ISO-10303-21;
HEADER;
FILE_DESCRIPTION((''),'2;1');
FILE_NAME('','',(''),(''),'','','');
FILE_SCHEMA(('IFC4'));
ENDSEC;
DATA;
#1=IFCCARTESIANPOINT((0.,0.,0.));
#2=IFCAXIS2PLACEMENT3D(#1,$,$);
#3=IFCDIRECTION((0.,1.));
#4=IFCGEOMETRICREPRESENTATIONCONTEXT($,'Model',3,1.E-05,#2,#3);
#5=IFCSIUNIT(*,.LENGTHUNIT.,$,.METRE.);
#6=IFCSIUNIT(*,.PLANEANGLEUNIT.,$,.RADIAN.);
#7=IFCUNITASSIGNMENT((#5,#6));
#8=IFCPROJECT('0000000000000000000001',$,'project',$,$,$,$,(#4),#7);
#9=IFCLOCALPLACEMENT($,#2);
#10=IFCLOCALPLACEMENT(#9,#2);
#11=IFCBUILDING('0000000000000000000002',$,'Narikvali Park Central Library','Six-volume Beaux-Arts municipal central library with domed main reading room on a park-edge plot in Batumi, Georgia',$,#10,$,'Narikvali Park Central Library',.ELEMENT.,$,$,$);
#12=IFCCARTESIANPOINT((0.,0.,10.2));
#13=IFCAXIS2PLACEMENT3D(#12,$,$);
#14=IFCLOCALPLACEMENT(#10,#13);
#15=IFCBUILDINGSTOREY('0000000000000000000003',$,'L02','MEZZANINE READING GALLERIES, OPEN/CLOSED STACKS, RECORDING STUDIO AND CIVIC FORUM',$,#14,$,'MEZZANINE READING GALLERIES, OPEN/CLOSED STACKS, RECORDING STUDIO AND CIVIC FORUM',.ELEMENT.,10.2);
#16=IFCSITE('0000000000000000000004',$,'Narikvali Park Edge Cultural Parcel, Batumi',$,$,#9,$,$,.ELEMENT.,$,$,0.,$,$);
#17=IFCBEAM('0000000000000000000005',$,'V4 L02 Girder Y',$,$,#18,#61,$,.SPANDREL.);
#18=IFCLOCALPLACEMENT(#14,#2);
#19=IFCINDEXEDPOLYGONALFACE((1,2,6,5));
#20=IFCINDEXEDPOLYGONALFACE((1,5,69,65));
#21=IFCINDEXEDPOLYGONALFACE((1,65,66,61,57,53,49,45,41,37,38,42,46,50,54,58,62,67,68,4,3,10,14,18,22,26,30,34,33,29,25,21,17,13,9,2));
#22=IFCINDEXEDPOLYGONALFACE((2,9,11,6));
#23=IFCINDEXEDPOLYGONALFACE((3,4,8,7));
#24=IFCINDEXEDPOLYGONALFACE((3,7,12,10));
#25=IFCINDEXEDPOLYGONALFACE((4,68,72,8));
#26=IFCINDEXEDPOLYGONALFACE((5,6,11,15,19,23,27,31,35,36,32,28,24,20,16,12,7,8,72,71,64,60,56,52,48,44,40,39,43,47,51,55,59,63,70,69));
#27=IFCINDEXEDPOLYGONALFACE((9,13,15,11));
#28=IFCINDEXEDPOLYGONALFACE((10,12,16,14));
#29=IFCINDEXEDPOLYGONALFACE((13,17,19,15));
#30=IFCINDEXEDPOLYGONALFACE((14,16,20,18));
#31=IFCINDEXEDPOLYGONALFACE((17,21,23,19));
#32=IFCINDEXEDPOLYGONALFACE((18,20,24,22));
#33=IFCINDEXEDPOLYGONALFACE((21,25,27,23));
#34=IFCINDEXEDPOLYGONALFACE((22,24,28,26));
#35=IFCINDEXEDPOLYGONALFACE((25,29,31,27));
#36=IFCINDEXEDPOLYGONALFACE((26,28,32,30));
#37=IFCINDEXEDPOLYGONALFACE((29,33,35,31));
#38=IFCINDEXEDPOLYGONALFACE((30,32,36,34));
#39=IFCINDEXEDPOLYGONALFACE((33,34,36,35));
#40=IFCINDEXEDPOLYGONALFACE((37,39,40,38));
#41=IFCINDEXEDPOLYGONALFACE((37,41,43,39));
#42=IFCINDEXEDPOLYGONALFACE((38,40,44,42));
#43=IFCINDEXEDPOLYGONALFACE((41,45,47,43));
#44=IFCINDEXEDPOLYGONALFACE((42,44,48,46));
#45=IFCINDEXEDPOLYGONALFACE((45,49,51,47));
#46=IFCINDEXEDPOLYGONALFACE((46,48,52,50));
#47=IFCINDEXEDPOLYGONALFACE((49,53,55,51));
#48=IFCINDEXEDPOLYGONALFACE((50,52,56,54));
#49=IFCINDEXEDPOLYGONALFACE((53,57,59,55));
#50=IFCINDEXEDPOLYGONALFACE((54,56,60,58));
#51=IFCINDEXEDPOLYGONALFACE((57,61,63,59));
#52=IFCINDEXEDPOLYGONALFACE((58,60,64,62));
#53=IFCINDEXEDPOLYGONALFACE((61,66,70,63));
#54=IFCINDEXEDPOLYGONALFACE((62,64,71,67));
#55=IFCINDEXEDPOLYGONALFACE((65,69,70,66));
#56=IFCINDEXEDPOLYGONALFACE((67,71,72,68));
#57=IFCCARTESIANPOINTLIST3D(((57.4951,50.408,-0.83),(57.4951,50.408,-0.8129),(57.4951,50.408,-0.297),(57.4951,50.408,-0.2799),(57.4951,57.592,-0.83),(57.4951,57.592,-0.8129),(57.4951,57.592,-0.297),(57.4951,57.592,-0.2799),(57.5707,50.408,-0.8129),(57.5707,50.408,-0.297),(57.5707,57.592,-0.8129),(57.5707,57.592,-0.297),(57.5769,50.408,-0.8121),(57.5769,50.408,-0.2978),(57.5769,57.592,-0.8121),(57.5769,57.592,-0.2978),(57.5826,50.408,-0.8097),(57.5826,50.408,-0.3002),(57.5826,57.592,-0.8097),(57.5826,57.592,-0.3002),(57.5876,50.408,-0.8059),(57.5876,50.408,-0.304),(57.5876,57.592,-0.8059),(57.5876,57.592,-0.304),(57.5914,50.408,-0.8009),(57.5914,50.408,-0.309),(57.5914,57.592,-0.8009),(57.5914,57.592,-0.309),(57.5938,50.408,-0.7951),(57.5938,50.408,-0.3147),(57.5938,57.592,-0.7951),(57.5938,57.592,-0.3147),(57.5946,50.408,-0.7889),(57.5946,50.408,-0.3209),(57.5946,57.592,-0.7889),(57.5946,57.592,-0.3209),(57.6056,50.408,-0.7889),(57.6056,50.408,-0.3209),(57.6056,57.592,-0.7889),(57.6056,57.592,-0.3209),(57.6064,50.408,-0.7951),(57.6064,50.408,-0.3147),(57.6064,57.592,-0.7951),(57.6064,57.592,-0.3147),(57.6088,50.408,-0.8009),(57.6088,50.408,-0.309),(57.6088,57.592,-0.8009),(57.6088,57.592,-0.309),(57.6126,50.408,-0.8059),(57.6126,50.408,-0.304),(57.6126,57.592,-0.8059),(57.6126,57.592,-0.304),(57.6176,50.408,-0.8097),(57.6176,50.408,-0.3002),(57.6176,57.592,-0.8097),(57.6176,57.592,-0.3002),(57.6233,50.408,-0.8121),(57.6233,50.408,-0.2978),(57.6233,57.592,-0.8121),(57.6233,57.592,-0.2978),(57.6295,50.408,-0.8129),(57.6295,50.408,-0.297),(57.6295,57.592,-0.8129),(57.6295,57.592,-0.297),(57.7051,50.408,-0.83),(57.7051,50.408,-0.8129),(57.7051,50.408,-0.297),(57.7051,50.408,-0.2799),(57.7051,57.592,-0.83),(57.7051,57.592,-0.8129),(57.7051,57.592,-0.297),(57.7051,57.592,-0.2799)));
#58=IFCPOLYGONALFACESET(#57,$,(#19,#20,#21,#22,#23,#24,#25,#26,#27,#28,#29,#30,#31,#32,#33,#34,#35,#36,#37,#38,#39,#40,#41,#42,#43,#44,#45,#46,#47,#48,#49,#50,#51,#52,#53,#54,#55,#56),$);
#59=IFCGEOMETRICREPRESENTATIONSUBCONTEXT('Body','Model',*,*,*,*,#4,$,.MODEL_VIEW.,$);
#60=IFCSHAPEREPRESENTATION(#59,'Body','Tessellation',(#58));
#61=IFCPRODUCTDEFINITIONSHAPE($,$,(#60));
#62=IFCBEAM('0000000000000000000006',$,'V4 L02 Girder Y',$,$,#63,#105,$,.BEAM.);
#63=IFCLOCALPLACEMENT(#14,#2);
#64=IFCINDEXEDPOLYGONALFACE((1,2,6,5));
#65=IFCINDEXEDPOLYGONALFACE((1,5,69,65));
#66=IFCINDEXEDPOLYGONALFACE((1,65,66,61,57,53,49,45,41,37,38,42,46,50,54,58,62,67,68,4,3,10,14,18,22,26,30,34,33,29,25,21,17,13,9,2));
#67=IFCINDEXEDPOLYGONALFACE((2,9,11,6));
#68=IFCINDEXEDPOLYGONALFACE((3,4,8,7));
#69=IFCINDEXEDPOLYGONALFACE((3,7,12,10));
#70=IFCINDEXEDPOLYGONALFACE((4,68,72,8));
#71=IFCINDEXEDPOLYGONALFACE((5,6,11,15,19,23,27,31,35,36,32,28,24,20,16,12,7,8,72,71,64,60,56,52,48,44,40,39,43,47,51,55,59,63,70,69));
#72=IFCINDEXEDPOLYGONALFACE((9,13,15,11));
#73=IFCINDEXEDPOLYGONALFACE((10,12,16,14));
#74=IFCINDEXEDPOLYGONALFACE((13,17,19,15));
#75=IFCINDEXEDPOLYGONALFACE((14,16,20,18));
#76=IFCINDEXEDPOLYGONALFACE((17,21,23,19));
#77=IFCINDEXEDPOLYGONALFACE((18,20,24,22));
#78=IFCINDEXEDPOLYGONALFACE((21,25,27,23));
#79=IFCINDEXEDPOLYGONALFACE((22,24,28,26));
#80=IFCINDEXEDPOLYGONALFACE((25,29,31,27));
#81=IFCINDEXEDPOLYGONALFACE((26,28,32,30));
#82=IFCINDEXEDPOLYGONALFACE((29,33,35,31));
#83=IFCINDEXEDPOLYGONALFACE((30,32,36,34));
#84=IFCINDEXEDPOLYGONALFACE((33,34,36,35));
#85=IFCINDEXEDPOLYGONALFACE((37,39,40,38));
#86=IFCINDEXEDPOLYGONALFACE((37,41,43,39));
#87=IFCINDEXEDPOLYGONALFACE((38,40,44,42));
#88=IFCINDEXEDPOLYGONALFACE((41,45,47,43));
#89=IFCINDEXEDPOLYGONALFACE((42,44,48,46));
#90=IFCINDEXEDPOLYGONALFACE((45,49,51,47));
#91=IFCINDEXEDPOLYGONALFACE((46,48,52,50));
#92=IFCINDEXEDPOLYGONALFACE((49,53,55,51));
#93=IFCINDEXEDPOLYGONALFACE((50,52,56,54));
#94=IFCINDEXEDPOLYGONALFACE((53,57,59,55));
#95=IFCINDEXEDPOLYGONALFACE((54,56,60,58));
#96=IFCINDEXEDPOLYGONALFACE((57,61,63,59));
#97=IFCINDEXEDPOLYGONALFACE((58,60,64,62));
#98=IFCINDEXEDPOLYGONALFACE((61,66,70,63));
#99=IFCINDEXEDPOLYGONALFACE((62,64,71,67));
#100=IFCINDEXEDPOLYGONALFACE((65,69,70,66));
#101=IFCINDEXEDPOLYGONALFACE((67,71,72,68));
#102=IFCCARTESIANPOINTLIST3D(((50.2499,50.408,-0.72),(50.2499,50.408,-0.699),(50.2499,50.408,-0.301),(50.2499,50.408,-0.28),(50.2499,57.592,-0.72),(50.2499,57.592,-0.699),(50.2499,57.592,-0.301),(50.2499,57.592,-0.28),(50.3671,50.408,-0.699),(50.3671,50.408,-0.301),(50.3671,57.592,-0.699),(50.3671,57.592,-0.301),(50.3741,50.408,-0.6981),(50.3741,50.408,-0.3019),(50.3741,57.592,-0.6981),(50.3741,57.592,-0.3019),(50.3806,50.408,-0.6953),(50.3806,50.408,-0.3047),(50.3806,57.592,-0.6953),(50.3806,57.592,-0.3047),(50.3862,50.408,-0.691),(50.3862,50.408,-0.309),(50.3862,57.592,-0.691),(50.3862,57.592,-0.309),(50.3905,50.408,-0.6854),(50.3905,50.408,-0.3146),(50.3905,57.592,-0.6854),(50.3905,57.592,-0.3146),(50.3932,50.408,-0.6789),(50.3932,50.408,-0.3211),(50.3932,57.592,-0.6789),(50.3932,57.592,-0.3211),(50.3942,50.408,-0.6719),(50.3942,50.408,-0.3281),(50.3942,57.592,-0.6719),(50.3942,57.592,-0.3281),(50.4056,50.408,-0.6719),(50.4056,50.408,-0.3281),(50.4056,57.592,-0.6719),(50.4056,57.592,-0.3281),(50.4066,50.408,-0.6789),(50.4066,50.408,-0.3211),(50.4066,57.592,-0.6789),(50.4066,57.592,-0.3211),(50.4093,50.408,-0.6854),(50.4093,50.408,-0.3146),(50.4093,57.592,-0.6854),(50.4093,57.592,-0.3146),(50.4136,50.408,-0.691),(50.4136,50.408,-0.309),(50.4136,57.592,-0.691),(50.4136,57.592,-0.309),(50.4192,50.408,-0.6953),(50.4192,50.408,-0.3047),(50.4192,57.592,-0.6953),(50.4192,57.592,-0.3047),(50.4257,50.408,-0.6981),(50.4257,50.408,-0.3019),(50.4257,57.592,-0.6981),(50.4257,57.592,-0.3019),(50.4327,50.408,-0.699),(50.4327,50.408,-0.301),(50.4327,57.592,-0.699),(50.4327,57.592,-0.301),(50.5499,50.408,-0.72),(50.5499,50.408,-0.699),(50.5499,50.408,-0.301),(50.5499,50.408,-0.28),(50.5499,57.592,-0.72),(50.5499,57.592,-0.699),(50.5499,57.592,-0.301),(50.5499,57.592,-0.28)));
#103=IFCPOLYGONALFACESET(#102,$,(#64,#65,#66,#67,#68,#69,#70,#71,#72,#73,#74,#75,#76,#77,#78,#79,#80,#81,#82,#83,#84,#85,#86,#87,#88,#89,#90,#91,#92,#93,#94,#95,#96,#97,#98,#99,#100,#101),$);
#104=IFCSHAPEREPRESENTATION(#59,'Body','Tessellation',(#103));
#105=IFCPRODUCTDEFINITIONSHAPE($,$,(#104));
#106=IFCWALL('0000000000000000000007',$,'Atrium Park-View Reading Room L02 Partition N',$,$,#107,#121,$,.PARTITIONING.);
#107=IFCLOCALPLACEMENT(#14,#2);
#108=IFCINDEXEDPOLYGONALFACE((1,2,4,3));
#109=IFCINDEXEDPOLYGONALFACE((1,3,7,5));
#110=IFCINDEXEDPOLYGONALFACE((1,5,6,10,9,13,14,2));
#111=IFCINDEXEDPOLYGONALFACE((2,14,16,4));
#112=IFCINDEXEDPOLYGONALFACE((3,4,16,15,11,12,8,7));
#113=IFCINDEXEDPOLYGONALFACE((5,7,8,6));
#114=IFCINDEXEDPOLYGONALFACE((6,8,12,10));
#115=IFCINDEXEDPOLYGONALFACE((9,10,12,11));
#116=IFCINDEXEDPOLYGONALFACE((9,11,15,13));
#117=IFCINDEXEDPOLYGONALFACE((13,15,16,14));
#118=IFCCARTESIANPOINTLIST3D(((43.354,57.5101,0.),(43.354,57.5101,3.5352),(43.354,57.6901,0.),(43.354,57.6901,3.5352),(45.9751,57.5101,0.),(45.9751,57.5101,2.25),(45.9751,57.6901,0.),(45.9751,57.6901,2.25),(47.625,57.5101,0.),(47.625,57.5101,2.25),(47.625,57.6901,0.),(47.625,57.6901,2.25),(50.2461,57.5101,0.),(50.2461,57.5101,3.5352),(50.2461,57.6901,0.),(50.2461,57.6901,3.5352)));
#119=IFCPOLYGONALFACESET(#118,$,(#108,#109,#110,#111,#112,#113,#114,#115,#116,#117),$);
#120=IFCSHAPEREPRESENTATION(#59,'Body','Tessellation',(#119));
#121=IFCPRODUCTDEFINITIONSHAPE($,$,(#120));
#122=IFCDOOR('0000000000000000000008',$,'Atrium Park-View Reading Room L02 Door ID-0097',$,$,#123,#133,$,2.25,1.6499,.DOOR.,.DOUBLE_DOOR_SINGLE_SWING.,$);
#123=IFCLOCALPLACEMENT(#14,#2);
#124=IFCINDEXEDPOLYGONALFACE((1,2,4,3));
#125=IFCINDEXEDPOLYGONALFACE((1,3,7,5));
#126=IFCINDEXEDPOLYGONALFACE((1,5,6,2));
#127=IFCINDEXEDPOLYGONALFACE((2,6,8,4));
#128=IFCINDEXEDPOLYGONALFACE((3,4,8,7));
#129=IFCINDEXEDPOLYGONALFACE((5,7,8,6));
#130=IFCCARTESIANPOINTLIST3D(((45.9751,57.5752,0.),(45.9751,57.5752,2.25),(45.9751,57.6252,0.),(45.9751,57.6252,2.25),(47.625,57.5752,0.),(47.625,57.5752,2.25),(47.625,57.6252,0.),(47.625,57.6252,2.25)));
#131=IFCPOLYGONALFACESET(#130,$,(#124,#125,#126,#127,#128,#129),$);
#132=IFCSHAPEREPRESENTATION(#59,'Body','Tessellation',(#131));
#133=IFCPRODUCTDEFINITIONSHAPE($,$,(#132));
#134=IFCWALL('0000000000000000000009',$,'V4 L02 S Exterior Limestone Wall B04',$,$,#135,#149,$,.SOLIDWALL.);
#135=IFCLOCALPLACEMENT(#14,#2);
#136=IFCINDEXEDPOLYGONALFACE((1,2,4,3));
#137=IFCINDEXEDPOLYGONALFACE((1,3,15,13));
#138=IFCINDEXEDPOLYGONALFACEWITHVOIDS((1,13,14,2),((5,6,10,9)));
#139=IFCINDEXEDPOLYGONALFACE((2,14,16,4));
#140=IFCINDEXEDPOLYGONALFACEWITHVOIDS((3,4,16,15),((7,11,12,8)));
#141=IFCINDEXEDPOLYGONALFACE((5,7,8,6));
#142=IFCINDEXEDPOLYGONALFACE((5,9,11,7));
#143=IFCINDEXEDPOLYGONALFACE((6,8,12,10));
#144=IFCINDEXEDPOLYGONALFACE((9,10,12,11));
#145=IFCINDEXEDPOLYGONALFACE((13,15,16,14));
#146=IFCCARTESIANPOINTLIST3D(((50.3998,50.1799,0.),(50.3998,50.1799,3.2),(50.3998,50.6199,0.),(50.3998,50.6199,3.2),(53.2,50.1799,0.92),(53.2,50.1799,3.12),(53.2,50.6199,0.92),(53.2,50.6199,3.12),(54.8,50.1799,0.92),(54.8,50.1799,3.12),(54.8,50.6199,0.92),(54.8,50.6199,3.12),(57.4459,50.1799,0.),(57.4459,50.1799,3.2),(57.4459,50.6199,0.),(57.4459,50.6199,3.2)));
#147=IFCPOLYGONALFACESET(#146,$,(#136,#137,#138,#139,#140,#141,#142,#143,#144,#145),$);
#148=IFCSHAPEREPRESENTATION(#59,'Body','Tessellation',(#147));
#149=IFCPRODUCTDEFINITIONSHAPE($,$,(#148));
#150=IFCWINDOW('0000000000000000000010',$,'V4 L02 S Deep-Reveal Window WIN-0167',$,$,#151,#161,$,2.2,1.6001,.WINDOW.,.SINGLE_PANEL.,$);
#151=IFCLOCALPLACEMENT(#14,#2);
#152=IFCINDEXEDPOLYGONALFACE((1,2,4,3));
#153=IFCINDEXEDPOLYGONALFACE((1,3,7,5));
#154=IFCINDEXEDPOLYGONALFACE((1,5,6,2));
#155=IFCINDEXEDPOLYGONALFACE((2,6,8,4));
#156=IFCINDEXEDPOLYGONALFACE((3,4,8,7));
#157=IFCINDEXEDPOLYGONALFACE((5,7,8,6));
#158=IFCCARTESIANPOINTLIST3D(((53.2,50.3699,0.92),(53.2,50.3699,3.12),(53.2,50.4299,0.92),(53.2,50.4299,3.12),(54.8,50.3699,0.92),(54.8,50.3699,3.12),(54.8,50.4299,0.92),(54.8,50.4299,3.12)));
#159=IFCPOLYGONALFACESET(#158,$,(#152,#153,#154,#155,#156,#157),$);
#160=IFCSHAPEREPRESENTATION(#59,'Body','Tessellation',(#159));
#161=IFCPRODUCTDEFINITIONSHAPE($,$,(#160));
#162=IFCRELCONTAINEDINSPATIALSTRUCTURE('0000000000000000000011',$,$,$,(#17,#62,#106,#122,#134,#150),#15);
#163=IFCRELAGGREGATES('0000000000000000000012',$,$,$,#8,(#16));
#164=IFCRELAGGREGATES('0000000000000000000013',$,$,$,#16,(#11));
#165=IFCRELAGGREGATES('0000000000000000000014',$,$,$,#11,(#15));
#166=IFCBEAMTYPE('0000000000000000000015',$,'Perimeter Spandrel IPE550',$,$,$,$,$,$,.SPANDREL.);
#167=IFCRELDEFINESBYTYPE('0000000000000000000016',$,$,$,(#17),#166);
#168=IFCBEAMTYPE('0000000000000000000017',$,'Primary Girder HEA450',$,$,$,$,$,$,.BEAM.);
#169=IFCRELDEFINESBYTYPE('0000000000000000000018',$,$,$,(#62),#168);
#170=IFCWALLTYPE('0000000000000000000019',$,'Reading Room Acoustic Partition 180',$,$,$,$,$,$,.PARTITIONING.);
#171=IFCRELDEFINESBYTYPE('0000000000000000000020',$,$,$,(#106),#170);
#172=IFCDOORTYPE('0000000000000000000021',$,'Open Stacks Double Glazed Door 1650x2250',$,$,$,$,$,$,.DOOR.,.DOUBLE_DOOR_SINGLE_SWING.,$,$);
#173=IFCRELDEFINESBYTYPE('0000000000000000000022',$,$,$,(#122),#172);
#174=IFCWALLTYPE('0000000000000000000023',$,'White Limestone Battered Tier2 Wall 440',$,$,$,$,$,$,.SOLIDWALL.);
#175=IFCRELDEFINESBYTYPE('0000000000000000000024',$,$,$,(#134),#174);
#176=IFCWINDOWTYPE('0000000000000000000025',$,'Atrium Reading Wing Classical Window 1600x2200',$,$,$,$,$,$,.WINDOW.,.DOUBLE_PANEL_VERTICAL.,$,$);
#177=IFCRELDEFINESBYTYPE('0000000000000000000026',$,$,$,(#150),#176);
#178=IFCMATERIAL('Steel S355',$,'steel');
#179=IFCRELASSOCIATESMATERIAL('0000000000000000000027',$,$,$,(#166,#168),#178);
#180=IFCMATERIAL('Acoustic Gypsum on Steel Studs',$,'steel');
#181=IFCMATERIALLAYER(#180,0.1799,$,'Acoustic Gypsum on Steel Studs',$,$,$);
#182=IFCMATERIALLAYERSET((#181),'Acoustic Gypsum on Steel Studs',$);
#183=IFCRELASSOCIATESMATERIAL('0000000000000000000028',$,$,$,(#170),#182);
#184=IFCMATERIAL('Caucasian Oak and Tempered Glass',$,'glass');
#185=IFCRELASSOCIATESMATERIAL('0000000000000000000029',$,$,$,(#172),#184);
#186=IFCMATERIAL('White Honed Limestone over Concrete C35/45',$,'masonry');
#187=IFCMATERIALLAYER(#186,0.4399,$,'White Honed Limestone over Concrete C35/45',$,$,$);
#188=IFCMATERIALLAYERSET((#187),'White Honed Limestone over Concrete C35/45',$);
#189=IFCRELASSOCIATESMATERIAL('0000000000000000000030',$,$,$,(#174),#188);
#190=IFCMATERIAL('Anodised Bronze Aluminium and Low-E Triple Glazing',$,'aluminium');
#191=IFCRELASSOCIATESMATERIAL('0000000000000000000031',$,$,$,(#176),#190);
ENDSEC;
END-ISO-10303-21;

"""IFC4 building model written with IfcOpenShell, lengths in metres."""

from ifc_helpers import new_model, si_unit, direction, frame, frame_2d, origin, origin_2d, place, context, subcontext, project, spatial, rectangle, i_section, extrude, material, layer, layer_set, material_profile, profile_set, type_object, element, fill, save


model = new_model("IFC4")

# Units and contexts
model_context = context("Model", 3, precision=1e-05, world=origin(), true_north=direction((0.0, 1.0)))
body_context = subcontext(model_context, "Body", "Model", "MODEL_VIEW")
ifc_project = project(units=[si_unit("LENGTHUNIT", "METRE"), si_unit("PLANEANGLEUNIT", "RADIAN")], contexts=[model_context])

# Site, building, storey
site_placement = place(None, origin())
site = spatial("IfcSite", under=ifc_project, at=site_placement, Name="Narikvali Park Edge Cultural Parcel, Batumi", CompositionType="ELEMENT", RefElevation=0.0)
building_placement = place(site_placement, origin())
building = spatial("IfcBuilding", under=site, at=building_placement, Name="Narikvali Park Central Library", Description="Six-volume Beaux-Arts municipal central library with domed main reading room on a park-edge plot in Batumi, Georgia", LongName="Narikvali Park Central Library", CompositionType="ELEMENT")
storey_placement = place(building_placement, frame((0.0, 0.0, 10.2)))
storey = spatial("IfcBuildingStorey", under=building, at=storey_placement, Name="L02", Description="MEZZANINE READING GALLERIES, OPEN/CLOSED STACKS, RECORDING STUDIO AND CIVIC FORUM", LongName="MEZZANINE READING GALLERIES, OPEN/CLOSED STACKS, RECORDING STUDIO AND CIVIC FORUM", CompositionType="ELEMENT", Elevation=10.2)

# Shared definitions
ifc_material_1 = material(Name="Steel S355", Category="steel")

# Beams
ifc_material_profile_1 = material_profile(ifc_material_1, i_section(OverallWidth=0.21, OverallDepth=0.55, WebThickness=0.011, FlangeThickness=0.0171, FilletRadius=0.0239, at=origin_2d()), Name="IPE 550")
ifc_profile_set_1 = profile_set([ifc_material_profile_1], Name="Steel S355")
beam_type_1 = type_object("IfcBeamType", Name="Perimeter Spandrel IPE550", PredefinedType="SPANDREL", material=ifc_profile_set_1)
for number, where, z_axis, x_axis, name in (
    (1, (57.6001, 50.408, -0.5549), (0.0, 1.0, 0.0), (-1.0, 0.0, 0.0), "V4 L02 Girder Y"),
):
    element("IfcBeam", number, at=place(storey_placement, frame(where, z_axis=z_axis, x_axis=x_axis)), inside=storey, type_object=beam_type_1, Name=name, PredefinedType="SPANDREL", context=body_context, shape_type="SweptSolid", body=[
        extrude(i_section(OverallWidth=0.21, OverallDepth=0.55, WebThickness=0.011, FlangeThickness=0.0171, FilletRadius=0.0239, at=origin_2d()), origin(), (0.0, 0.0, 1.0), 7.1841),
    ])
ifc_material_profile_2 = material_profile(ifc_material_1, i_section(OverallWidth=0.3, OverallDepth=0.4399, WebThickness=0.0115, FlangeThickness=0.021, FilletRadius=0.0271, at=origin_2d()), Name="HEA 450")
ifc_profile_set_2 = profile_set([ifc_material_profile_2], Name="Steel S355")
beam_type_2 = type_object("IfcBeamType", Name="Primary Girder HEA450", PredefinedType="BEAM", material=ifc_profile_set_2)
beam_placement = place(storey_placement, frame((50.3999, 50.408, -0.5), z_axis=(0.0, 1.0, 0.0), x_axis=(-1.0, 0.0, 0.0)))
element("IfcBeam", 2, at=beam_placement, inside=storey, type_object=beam_type_2, Name="V4 L02 Girder Y", PredefinedType="BEAM", context=body_context, shape_type="SweptSolid", body=[
    extrude(i_section(OverallWidth=0.3, OverallDepth=0.4399, WebThickness=0.0115, FlangeThickness=0.021, FilletRadius=0.0271, at=origin_2d()), origin(), (0.0, 0.0, 1.0), 7.1841),
])

# Wall, opening, door
ifc_material_2 = material(Name="Acoustic Gypsum on Steel Studs", Category="steel")
ifc_layer_1 = layer(ifc_material_2, 0.1799, Name="Acoustic Gypsum on Steel Studs")
ifc_layer_set_1 = layer_set([ifc_layer_1], Name="Acoustic Gypsum on Steel Studs")
wall_type_1 = type_object("IfcWallType", Name="Reading Room Acoustic Partition 180", PredefinedType="PARTITIONING", material=ifc_layer_set_1)
wall_1_placement = place(storey_placement, frame((43.354, 57.6001, 0.0), z_axis=(0.0, 0.0, 1.0), x_axis=(1.0, 0.0, 0.0)))
wall_1 = element("IfcWall", 3, at=wall_1_placement, inside=storey, type_object=wall_type_1, Name="Atrium Park-View Reading Room L02 Partition N", PredefinedType="PARTITIONING", context=body_context, shape_type="SweptSolid", body=[
    extrude(rectangle(XDim=6.8921, YDim=0.1799, at=frame_2d((3.446, 0.0))), origin(), (0.0, 0.0, 1.0), 3.5352),
])
opening_1_placement = place(wall_1_placement, frame((2.6211, 0.0, 0.0)))
opening_1 = element("IfcOpeningElement", 4, at=opening_1_placement, cuts=wall_1, PredefinedType="OPENING", context=body_context, shape_type="SweptSolid", body=[
    extrude(rectangle(XDim=1.6499, YDim=2.25, at=frame_2d((0.825, 1.125))), frame((0.0, 0.1021, 0.0), z_axis=(0.0, -1.0, 0.0), x_axis=(1.0, 0.0, 0.0)), (0.0, 0.0, 1.0), 0.2039),
])
ifc_material_3 = material(Name="Caucasian Oak and Tempered Glass", Category="glass")
door_type = type_object("IfcDoorType", Name="Open Stacks Double Glazed Door 1650x2250", OperationType="DOUBLE_DOOR_SINGLE_SWING", PredefinedType="DOOR", material=ifc_material_3)
door_placement = place(opening_1_placement, frame((1.6499, 0.0, 0.0), z_axis=(0.0, 0.0, 1.0), x_axis=(-1.0, 0.0, 0.0)))
door = element("IfcDoor", 5, at=door_placement, inside=storey, type_object=door_type, Name="Atrium Park-View Reading Room L02 Door ID-0097", OperationType="DOUBLE_DOOR_SINGLE_SWING", OverallHeight=2.25, OverallWidth=1.6499, PredefinedType="DOOR", context=body_context, shape_type="SweptSolid", body=[
    extrude(rectangle(XDim=1.6499, YDim=2.25, at=frame_2d((0.825, 1.125))), frame((0.0, 0.0249, 0.0), z_axis=(0.0, -1.0, 0.0), x_axis=(1.0, 0.0, 0.0)), (0.0, 0.0, 1.0), 0.05),
])
fill(opening_1, door)

# Wall, opening, window
ifc_material_4 = material(Name="White Honed Limestone over Concrete C35/45", Category="masonry")
ifc_layer_2 = layer(ifc_material_4, 0.4399, Name="White Honed Limestone over Concrete C35/45")
ifc_layer_set_2 = layer_set([ifc_layer_2], Name="White Honed Limestone over Concrete C35/45")
wall_type_2 = type_object("IfcWallType", Name="White Limestone Battered Tier2 Wall 440", PredefinedType="SOLIDWALL", material=ifc_layer_set_2)
wall_2_placement = place(storey_placement, frame((50.3999, 50.3999, 0.0), z_axis=(0.0, 0.0, 1.0), x_axis=(1.0, 0.0, 0.0)))
wall_2 = element("IfcWall", 6, at=wall_2_placement, inside=storey, type_object=wall_type_2, Name="V4 L02 S Exterior Limestone Wall B04", PredefinedType="SOLIDWALL", context=body_context, shape_type="SweptSolid", body=[
    extrude(rectangle(XDim=7.0461, YDim=0.4399, at=frame_2d((3.5229, 0.0))), origin(), (0.0, 0.0, 1.0), 3.2),
])
opening_2_placement = place(wall_2_placement, frame((2.8, 0.0, 0.9199)))
opening_2 = element("IfcOpeningElement", 7, at=opening_2_placement, cuts=wall_2, PredefinedType="OPENING", context=body_context, shape_type="SweptSolid", body=[
    extrude(rectangle(XDim=1.6001, YDim=2.2, at=frame_2d((0.8, 1.1001))), frame((0.0, 0.2319, 0.0), z_axis=(0.0, -1.0, 0.0), x_axis=(1.0, 0.0, 0.0)), (0.0, 0.0, 1.0), 0.4639),
])
ifc_material_5 = material(Name="Anodised Bronze Aluminium and Low-E Triple Glazing", Category="aluminium")
window_type = type_object("IfcWindowType", Name="Atrium Reading Wing Classical Window 1600x2200", PartitioningType="DOUBLE_PANEL_VERTICAL", PredefinedType="WINDOW", material=ifc_material_5)
window_1_placement = place(opening_2_placement, origin())
window_1 = element("IfcWindow", 8, at=window_1_placement, inside=storey, type_object=window_type, Name="V4 L02 S Deep-Reveal Window WIN-0167", OverallHeight=2.2, OverallWidth=1.6001, PartitioningType="SINGLE_PANEL", PredefinedType="WINDOW", context=body_context, shape_type="SweptSolid", body=[
    extrude(rectangle(XDim=1.6001, YDim=2.2, at=frame_2d((0.8, 1.1001))), frame((0.0, 0.03, 0.0), z_axis=(0.0, -1.0, 0.0), x_axis=(1.0, 0.0, 0.0)), (0.0, 0.0, 1.0), 0.0601),
])
fill(opening_2, window_1)

save(model, "model.ifc")
